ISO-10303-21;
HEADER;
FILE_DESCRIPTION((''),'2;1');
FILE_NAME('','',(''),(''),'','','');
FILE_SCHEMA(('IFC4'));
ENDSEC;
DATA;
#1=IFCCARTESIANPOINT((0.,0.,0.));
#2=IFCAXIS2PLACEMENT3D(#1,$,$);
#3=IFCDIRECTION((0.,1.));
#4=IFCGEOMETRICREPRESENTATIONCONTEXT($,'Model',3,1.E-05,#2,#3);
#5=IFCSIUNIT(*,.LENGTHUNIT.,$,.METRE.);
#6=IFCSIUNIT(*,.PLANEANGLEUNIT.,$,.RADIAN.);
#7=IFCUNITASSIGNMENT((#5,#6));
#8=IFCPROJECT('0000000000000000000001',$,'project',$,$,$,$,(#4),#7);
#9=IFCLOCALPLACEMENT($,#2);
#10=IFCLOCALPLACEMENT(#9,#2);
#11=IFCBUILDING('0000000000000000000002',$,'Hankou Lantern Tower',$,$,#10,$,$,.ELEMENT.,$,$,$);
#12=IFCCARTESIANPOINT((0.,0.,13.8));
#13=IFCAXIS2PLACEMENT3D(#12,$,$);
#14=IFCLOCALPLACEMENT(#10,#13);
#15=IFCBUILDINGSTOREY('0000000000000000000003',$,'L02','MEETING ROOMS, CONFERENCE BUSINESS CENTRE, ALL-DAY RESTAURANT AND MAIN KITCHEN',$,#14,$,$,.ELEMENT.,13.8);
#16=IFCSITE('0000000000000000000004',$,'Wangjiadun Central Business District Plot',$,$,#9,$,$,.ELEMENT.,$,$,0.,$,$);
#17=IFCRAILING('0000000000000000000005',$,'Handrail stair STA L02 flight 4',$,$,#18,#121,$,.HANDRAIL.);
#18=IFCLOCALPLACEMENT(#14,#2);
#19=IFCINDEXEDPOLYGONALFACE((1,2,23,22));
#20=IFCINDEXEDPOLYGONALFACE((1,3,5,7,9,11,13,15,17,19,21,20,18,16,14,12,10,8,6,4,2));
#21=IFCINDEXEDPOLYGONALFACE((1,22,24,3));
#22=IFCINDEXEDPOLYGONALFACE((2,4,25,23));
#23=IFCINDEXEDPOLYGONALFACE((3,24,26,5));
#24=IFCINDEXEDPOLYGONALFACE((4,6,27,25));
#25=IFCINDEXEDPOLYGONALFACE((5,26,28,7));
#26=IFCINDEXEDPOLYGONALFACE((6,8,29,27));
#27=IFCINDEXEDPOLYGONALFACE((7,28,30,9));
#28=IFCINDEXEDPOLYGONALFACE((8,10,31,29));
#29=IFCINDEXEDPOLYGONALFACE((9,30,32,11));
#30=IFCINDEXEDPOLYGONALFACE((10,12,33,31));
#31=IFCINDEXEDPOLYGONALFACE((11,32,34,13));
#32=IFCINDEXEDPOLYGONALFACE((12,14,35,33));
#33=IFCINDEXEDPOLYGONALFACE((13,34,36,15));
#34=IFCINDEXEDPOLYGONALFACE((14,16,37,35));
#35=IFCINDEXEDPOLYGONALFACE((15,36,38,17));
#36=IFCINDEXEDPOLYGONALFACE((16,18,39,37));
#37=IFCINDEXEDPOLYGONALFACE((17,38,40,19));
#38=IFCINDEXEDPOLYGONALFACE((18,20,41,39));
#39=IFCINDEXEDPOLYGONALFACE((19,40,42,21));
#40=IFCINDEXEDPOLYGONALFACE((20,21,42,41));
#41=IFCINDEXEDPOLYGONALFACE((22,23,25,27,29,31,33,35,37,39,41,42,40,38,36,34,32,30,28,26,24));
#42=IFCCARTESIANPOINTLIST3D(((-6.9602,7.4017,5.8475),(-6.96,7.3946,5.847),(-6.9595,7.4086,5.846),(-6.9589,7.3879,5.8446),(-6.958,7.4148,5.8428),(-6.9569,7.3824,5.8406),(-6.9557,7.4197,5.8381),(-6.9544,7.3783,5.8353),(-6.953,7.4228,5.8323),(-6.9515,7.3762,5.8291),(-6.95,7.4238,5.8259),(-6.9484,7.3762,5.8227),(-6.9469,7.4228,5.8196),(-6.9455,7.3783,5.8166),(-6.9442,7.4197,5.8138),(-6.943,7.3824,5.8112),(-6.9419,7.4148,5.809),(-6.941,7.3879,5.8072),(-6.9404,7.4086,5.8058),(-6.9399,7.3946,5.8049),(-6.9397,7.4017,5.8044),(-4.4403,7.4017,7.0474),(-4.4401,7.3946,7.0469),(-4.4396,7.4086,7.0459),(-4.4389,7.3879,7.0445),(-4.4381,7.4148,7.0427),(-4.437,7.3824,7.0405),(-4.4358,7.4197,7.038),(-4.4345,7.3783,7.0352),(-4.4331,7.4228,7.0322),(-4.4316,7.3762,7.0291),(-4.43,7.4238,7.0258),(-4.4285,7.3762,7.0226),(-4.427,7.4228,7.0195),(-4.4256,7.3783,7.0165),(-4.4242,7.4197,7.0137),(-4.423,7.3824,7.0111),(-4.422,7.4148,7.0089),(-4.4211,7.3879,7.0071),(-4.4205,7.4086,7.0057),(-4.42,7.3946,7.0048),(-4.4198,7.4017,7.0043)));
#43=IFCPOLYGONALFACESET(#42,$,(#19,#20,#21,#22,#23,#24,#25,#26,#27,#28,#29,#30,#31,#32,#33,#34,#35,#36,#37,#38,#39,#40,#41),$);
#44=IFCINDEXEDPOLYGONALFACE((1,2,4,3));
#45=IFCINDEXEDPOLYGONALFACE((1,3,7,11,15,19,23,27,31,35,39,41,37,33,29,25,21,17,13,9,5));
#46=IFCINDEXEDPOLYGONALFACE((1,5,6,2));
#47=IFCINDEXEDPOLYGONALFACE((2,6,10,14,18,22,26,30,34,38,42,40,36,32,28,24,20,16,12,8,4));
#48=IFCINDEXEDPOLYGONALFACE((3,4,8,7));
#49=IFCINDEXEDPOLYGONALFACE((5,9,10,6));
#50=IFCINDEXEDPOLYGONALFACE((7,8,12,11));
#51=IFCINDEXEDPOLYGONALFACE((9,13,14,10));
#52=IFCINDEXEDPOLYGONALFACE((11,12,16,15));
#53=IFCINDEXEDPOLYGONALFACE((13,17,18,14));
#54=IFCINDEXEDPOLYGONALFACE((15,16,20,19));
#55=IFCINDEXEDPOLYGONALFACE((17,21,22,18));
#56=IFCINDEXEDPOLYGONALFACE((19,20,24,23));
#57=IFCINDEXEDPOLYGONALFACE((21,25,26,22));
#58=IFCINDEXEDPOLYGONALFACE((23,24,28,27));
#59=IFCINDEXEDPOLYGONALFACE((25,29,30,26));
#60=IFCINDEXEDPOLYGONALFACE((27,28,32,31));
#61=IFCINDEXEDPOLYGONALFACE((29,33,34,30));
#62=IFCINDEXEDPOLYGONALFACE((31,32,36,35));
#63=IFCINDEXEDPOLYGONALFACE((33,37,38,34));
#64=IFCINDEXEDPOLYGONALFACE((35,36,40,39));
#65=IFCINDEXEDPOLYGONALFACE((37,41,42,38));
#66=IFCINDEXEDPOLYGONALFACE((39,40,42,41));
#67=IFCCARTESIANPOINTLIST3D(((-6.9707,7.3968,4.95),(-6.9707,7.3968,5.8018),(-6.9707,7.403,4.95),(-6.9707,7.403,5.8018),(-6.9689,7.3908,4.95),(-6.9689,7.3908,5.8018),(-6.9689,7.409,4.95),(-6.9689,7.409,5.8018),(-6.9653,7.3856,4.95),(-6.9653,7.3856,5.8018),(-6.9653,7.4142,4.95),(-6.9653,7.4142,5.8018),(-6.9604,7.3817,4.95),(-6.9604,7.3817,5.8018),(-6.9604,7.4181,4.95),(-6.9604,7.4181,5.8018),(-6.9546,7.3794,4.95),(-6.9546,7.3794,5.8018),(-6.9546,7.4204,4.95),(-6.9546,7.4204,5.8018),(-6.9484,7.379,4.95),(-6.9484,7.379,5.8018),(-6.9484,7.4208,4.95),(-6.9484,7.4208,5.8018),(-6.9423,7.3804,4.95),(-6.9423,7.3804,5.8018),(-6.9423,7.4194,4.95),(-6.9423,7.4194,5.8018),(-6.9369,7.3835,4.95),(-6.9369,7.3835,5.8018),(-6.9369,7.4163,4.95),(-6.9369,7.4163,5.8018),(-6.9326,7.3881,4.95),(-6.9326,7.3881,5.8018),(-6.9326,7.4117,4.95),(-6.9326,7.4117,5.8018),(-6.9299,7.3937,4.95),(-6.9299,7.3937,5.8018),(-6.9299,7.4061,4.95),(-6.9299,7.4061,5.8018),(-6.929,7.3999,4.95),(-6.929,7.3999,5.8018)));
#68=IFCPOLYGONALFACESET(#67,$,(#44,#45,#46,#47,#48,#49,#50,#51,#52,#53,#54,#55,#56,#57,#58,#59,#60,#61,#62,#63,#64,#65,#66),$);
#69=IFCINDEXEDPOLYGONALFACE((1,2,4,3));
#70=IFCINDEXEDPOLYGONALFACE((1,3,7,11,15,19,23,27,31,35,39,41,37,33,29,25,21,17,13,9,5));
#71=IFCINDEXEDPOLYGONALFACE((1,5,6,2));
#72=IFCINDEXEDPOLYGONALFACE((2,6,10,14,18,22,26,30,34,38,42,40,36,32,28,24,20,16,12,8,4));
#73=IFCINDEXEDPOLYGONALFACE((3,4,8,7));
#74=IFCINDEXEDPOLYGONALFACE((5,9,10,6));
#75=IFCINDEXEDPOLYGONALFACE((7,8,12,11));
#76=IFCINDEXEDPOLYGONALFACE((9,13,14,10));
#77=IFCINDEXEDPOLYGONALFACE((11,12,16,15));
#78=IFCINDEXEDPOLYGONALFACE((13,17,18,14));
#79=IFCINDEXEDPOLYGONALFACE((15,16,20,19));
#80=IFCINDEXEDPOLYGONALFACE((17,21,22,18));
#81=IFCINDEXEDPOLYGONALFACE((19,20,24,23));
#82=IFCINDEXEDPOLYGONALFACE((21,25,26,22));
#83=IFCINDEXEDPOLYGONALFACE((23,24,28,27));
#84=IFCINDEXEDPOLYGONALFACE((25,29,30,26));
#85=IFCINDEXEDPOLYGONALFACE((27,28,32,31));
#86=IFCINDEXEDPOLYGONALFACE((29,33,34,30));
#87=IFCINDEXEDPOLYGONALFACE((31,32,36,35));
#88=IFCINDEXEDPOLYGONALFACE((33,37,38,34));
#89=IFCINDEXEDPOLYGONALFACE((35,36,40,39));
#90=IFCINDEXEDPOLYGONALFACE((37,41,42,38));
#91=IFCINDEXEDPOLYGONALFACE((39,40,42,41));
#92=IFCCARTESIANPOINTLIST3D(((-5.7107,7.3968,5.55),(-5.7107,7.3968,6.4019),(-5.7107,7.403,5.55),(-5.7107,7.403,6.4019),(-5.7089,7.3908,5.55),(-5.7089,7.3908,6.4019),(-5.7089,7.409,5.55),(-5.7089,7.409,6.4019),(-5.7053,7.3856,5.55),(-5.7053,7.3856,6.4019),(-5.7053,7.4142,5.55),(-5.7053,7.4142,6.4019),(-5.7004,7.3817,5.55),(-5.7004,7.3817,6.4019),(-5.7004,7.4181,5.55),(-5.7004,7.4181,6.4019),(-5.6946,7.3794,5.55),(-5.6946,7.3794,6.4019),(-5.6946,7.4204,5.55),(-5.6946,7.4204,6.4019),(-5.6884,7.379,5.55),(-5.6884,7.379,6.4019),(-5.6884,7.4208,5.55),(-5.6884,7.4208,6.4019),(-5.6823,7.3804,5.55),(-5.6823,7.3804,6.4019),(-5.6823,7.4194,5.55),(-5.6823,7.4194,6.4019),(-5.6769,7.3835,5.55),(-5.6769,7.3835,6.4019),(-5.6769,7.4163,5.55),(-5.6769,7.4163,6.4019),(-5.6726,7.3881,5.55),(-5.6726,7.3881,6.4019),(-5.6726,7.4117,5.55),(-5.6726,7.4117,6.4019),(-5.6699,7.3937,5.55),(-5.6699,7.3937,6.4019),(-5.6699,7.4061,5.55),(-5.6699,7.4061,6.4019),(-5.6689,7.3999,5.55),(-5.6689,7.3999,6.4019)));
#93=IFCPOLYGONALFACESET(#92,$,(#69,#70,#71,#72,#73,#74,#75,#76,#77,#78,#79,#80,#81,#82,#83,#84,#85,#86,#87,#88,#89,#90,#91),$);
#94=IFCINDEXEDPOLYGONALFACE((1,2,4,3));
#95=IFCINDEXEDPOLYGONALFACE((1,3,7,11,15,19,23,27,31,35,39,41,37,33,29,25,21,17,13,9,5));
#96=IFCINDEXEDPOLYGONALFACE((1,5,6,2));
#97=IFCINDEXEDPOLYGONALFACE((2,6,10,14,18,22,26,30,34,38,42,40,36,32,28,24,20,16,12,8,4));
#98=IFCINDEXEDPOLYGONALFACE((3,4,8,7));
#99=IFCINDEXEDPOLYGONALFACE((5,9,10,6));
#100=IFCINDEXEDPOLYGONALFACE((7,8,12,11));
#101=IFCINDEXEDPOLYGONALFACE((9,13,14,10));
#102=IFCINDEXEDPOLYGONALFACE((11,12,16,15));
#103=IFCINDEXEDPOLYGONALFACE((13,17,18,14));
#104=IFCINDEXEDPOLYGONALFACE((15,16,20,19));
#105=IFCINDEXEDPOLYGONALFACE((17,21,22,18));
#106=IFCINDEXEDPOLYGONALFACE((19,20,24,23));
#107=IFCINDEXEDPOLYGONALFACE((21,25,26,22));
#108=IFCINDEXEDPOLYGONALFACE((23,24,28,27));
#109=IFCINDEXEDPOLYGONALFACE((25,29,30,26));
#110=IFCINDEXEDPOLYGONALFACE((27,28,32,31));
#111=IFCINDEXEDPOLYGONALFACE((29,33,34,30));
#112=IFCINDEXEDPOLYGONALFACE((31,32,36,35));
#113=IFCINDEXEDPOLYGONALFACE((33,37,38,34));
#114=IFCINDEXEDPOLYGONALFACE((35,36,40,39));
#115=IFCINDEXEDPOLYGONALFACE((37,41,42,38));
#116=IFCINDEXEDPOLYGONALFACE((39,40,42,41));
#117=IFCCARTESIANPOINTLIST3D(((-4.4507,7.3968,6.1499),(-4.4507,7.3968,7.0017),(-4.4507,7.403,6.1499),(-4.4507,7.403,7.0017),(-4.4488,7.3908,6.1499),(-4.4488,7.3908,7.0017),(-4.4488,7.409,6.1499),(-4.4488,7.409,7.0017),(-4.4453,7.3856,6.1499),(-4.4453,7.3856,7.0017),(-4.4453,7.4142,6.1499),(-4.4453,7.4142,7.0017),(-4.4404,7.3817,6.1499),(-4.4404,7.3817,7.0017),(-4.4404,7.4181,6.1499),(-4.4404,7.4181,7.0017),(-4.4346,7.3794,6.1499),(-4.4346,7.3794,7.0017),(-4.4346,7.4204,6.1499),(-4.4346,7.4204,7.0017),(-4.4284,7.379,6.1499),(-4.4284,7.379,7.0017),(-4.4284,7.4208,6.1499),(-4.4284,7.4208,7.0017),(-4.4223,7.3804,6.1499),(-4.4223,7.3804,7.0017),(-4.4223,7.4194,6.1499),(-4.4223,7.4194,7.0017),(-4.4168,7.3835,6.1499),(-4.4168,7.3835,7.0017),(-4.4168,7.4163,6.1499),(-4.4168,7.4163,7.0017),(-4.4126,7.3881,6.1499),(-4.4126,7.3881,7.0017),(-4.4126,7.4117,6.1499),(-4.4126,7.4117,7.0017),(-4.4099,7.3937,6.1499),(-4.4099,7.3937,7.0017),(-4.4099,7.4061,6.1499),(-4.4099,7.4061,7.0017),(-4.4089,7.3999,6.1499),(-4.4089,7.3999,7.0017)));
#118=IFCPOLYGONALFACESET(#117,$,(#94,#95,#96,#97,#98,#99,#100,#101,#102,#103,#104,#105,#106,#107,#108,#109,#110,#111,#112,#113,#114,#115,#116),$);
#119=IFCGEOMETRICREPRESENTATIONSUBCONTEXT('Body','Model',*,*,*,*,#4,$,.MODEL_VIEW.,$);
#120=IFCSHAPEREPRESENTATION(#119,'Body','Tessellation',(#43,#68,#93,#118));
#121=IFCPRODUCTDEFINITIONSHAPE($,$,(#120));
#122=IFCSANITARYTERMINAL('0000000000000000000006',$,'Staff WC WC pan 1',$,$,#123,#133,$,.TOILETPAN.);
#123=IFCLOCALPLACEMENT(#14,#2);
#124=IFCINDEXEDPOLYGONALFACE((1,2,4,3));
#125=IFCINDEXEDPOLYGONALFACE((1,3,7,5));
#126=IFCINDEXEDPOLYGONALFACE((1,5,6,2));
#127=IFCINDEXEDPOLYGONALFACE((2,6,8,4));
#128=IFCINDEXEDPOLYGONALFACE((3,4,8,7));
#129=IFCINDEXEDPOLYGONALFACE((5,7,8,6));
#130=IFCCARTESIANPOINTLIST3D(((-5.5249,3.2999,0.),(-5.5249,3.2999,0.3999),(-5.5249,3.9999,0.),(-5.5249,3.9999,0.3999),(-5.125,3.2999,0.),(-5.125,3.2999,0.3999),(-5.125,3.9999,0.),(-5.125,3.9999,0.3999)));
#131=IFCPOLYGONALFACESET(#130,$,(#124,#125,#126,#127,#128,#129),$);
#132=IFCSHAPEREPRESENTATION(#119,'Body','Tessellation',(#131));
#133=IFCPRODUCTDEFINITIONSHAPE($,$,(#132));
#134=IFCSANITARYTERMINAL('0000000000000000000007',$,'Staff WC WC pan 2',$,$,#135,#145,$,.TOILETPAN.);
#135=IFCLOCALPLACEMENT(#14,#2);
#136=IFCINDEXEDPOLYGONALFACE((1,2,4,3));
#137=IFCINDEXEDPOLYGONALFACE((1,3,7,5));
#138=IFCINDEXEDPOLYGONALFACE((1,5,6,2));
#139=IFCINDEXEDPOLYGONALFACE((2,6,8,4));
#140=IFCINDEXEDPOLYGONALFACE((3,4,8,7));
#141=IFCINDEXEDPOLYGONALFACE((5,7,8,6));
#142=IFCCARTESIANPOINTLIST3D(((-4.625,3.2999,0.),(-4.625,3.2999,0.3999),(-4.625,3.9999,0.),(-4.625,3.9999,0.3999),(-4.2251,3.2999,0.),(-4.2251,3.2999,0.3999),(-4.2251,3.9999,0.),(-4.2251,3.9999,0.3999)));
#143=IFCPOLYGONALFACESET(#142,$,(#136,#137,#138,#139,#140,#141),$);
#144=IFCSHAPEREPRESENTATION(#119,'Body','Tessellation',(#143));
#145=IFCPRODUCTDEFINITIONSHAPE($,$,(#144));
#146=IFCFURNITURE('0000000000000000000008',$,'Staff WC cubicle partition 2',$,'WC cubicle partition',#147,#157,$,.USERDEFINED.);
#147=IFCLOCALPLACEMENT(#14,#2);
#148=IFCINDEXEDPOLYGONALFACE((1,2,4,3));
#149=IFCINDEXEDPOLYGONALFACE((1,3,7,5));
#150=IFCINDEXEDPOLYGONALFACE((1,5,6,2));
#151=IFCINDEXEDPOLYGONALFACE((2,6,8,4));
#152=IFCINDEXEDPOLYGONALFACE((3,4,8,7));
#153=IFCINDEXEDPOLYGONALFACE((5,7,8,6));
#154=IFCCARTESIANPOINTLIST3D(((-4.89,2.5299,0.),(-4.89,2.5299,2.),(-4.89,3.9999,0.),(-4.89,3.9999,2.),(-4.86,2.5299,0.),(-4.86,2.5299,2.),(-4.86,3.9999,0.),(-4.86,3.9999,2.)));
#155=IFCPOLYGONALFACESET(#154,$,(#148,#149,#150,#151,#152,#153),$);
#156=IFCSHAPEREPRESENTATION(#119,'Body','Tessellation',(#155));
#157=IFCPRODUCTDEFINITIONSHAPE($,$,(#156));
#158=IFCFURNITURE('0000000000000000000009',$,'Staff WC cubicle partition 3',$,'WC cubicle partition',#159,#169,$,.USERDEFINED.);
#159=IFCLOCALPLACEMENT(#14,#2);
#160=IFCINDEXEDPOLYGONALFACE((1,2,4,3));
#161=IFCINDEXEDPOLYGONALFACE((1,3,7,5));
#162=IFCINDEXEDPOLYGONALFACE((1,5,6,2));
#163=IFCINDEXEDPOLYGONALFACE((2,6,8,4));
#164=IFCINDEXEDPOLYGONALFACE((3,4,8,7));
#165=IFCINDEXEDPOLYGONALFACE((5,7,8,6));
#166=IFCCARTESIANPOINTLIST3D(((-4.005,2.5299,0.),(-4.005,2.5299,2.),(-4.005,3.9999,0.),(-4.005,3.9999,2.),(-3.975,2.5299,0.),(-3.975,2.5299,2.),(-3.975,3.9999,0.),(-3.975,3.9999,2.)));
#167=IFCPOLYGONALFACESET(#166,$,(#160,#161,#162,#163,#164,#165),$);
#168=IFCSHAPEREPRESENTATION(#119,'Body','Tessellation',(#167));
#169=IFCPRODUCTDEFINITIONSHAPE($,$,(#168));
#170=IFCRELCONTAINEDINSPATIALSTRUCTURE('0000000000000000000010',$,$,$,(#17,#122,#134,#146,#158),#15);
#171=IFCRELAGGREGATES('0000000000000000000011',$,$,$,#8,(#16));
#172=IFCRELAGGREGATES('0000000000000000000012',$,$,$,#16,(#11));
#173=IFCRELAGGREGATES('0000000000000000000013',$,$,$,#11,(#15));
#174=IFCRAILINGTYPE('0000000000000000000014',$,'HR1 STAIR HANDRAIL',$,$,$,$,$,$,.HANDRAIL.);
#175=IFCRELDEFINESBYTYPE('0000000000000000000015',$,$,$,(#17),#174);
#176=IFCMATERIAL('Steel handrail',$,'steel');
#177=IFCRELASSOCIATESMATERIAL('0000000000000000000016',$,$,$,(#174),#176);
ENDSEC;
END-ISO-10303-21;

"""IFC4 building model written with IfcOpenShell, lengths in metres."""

from ifc_helpers import new_model, si_unit, direction, frame, origin, origin_2d, place, context, subcontext, project, spatial, rectangle, circle, extrude, material, type_object, element, save


model = new_model("IFC4")

# Units and contexts
model_context = context("Model", 3, precision=1e-05, world=origin(), true_north=direction((0.0, 1.0)))
body_context = subcontext(model_context, "Body", "Model", "MODEL_VIEW")
ifc_project = project(units=[si_unit("LENGTHUNIT", "METRE"), si_unit("PLANEANGLEUNIT", "RADIAN")], contexts=[model_context])

# Site, building, storey
site_placement = place(None, origin())
site = spatial("IfcSite", under=ifc_project, at=site_placement, Name="Wangjiadun Central Business District Plot", CompositionType="ELEMENT", RefElevation=0.0)
building_placement = place(site_placement, origin())
building = spatial("IfcBuilding", under=site, at=building_placement, Name="Hankou Lantern Tower", CompositionType="ELEMENT")
storey_placement = place(building_placement, frame((0.0, 0.0, 13.8)))
storey = spatial("IfcBuildingStorey", under=building, at=storey_placement, Name="L02", Description="MEETING ROOMS, CONFERENCE BUSINESS CENTRE, ALL-DAY RESTAURANT AND MAIN KITCHEN", CompositionType="ELEMENT", Elevation=13.8)

# Railing
ifc_material_1 = material(Name="Steel handrail", Category="steel")
railing_type = type_object("IfcRailingType", Name="HR1 STAIR HANDRAIL", PredefinedType="HANDRAIL", material=ifc_material_1)
railing_1_placement = place(storey_placement, frame((-6.95, 7.3999, 4.95)))
element("IfcRailing", 1, at=railing_1_placement, inside=storey, type_object=railing_type, Name="Handrail stair STA L02 flight 4", PredefinedType="HANDRAIL", context=body_context, shape_type="SweptSolid", body=[
    extrude(circle(Radius=0.0239, at=origin_2d()), frame((0.0, 0.0, 0.876), z_axis=(0.902869, 0.0, 0.429917), x_axis=(0.0, 1.0, 0.0)), (0.0, 0.0, 1.0), 2.791),
    extrude(circle(Radius=0.021, at=origin_2d()), origin(), (0.0, 0.0, 1.0), 0.8518),
    extrude(circle(Radius=0.021, at=origin_2d()), frame((1.26, 0.0, 0.6001)), (0.0, 0.0, 1.0), 0.8518),
    extrude(circle(Radius=0.021, at=origin_2d()), frame((2.52, 0.0, 1.2)), (0.0, 0.0, 1.0), 0.8518),
])

# Sanitary terminals
for number, where, z_axis, x_axis, name in (
    (2, (-5.325, 3.6499, 0.0), (0.0, 0.0, 1.0), (1.0, 0.0, 0.0), "Staff WC WC pan 1"),
    (3, (-4.425, 3.6499, 0.0), (0.0, 0.0, 1.0), (1.0, 0.0, 0.0), "Staff WC WC pan 2"),
):
    element("IfcSanitaryTerminal", number, at=place(storey_placement, frame(where, z_axis=z_axis, x_axis=x_axis)), inside=storey, Name=name, PredefinedType="TOILETPAN", context=body_context, shape_type="SweptSolid", body=[
        extrude(rectangle(XDim=0.3999, YDim=0.7, at=origin_2d()), origin(), (0.0, 0.0, 1.0), 0.3999),
    ])

# Furniture
for number, where, z_axis, x_axis, name in (
    (4, (-4.875, 3.2649, 0.0), (0.0, 0.0, 1.0), (1.0, 0.0, 0.0), "Staff WC cubicle partition 2"),
    (5, (-3.99, 3.2649, 0.0), (0.0, 0.0, 1.0), (1.0, 0.0, 0.0), "Staff WC cubicle partition 3"),
):
    element("IfcFurniture", number, at=place(storey_placement, frame(where, z_axis=z_axis, x_axis=x_axis)), inside=storey, Name=name, ObjectType="WC cubicle partition", PredefinedType="USERDEFINED", context=body_context, shape_type="SweptSolid", body=[
        extrude(rectangle(XDim=0.03, YDim=1.47, at=origin_2d()), origin(), (0.0, 0.0, 1.0), 2.0),
    ])

save(model, "model.ifc")
